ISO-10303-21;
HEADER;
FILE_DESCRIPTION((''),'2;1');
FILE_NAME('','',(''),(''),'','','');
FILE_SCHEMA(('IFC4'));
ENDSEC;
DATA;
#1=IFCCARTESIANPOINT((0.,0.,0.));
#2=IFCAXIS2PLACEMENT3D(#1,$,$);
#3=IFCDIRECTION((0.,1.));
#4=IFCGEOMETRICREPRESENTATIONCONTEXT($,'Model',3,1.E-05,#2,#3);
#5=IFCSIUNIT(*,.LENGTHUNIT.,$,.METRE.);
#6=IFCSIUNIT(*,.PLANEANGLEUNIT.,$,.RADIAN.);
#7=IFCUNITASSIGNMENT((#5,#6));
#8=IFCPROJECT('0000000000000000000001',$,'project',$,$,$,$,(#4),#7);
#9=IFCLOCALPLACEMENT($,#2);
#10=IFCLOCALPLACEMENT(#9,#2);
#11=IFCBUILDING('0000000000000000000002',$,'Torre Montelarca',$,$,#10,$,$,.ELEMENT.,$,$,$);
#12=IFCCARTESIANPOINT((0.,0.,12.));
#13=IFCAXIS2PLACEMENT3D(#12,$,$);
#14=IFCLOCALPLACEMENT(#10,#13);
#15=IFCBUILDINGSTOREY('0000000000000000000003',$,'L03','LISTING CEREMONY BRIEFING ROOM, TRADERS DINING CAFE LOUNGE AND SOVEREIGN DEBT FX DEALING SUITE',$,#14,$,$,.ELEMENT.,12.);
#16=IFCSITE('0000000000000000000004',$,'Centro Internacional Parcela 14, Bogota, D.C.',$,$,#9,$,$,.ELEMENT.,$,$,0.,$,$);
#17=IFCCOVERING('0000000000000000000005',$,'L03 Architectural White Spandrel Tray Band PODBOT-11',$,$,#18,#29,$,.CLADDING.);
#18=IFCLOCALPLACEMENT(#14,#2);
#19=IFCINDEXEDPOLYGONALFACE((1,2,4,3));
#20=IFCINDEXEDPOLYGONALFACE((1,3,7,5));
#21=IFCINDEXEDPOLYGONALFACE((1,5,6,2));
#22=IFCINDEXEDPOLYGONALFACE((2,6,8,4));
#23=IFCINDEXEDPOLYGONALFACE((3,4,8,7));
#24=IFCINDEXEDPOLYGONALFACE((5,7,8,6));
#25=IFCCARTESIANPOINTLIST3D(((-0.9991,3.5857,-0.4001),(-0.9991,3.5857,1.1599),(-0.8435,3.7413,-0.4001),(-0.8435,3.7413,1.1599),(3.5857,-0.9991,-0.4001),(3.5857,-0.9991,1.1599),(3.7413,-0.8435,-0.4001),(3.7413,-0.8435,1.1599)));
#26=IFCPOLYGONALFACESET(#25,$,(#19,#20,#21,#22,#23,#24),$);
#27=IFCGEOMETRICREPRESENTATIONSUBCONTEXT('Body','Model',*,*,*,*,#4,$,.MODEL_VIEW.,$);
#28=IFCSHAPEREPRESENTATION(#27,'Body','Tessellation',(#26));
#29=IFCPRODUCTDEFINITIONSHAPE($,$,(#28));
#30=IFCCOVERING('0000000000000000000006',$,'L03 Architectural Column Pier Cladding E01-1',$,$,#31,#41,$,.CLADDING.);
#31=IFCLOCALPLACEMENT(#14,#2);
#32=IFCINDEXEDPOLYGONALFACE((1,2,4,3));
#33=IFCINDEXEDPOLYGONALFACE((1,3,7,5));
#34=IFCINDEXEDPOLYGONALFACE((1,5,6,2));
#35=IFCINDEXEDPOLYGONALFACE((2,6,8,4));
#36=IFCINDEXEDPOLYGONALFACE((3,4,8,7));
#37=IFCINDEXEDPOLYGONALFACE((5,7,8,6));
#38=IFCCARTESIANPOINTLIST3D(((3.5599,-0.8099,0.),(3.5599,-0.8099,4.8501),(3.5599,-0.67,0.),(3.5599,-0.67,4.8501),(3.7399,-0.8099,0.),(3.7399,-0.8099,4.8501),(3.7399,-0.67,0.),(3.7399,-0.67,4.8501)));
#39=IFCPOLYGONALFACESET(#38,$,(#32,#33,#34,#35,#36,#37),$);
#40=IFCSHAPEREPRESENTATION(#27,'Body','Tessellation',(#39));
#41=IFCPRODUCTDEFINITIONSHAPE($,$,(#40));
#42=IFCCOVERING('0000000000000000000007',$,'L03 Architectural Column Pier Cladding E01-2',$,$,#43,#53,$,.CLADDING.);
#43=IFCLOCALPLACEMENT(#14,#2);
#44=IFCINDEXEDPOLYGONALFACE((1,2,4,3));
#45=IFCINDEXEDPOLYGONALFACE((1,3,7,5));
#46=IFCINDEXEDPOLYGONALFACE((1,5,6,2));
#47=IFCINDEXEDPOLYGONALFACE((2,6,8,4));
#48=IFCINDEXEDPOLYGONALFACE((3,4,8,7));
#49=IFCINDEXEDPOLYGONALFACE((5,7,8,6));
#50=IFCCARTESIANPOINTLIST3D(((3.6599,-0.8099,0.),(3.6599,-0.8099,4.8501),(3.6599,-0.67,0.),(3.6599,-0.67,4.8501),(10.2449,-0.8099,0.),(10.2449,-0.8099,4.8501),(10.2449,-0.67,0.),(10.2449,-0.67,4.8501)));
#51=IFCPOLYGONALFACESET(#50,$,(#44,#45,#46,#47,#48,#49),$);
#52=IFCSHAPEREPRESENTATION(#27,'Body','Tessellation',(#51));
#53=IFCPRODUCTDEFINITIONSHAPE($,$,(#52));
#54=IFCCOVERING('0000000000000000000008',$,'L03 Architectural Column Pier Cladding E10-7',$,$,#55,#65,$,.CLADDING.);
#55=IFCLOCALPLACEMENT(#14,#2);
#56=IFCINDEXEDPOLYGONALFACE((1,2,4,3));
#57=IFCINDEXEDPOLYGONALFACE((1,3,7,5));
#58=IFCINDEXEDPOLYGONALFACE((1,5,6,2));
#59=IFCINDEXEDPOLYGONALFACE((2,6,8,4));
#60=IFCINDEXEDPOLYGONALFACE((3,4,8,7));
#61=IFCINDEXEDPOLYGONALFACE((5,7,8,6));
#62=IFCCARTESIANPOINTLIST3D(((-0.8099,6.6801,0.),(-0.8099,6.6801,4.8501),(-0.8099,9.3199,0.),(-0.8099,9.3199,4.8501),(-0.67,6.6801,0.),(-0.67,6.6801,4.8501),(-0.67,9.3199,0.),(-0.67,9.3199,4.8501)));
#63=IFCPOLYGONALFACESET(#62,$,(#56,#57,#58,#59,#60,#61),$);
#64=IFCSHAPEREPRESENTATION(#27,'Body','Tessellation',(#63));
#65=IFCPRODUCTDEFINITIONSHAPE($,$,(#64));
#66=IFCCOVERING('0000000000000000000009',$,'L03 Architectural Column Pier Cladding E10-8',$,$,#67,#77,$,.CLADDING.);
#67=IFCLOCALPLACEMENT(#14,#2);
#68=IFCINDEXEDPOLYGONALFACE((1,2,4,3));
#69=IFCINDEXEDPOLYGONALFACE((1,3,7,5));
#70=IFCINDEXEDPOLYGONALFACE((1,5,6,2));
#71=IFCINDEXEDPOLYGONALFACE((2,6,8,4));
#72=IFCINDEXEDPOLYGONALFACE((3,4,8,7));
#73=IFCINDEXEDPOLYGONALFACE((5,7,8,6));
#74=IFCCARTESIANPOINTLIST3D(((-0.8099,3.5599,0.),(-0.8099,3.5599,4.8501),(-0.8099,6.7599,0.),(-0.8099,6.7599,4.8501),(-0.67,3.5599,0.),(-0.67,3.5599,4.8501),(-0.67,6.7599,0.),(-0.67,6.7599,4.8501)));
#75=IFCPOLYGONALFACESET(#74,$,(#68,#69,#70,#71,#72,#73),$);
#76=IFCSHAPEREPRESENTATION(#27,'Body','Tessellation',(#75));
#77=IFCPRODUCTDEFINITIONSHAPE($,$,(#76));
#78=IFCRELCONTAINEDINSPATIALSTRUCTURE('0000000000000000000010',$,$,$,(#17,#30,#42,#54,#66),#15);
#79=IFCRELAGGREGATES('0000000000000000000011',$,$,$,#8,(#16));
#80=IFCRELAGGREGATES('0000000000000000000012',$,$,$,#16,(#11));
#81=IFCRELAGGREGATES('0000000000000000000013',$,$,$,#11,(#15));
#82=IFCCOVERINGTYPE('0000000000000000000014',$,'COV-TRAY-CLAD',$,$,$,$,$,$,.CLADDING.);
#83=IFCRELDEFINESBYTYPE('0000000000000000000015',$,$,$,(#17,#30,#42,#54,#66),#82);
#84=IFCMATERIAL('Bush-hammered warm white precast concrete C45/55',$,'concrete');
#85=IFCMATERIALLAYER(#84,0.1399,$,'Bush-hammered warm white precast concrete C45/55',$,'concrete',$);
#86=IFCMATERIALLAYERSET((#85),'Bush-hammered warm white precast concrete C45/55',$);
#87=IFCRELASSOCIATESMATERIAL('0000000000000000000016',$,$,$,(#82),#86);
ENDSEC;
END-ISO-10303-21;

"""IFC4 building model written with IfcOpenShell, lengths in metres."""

from ifc_helpers import new_model, si_unit, direction, frame, origin, origin_2d, place, context, subcontext, project, spatial, rectangle, extrude, source, transform, mapped, material, layer, layer_set, type_object, element, save


model = new_model("IFC4")

# Units and contexts
model_context = context("Model", 3, precision=1e-05, world=origin(), true_north=direction((0.0, 1.0)))
body_context = subcontext(model_context, "Body", "Model", "MODEL_VIEW")
ifc_project = project(units=[si_unit("LENGTHUNIT", "METRE"), si_unit("PLANEANGLEUNIT", "RADIAN")], contexts=[model_context])

# Site, building, storey
site_placement = place(None, origin())
site = spatial("IfcSite", under=ifc_project, at=site_placement, Name="Centro Internacional Parcela 14, Bogota, D.C.", CompositionType="ELEMENT", RefElevation=0.0)
building_placement = place(site_placement, origin())
building = spatial("IfcBuilding", under=site, at=building_placement, Name="Torre Montelarca", CompositionType="ELEMENT")
storey_placement = place(building_placement, frame((0.0, 0.0, 12.0)))
storey = spatial("IfcBuildingStorey", under=building, at=storey_placement, Name="L03", Description="LISTING CEREMONY BRIEFING ROOM, TRADERS DINING CAFE LOUNGE AND SOVEREIGN DEBT FX DEALING SUITE", CompositionType="ELEMENT", Elevation=12.0)

# Coverings
ifc_material_1 = material(Name="Bush-hammered warm white precast concrete C45/55", Category="concrete")
ifc_layer_1 = layer(ifc_material_1, 0.1399, Name="Bush-hammered warm white precast concrete C45/55", Category="concrete")
ifc_layer_set_1 = layer_set([ifc_layer_1], Name="Bush-hammered warm white precast concrete C45/55")
covering_type = type_object("IfcCoveringType", Name="COV-TRAY-CLAD", PredefinedType="CLADDING", material=ifc_layer_set_1)
shared_shape_1 = source(origin(), body_context, "Body", "SweptSolid", [
    extrude(rectangle(XDim=6.4839, YDim=0.22, at=origin_2d()), origin(), (0.0, 0.0, 1.0), 1.5601),
])
covering_1_placement = place(storey_placement, frame((1.3711, 1.3711, -0.4001), z_axis=(0.0, 0.0, 1.0), x_axis=(0.707107, -0.707107, 0.0)))
element("IfcCovering", 1, at=covering_1_placement, inside=storey, type_object=covering_type, Name="L03 Architectural White Spandrel Tray Band PODBOT-11", PredefinedType="CLADDING", context=body_context, shape_type="MappedRepresentation", body=[
    mapped(shared_shape_1, transform((0.0, 0.0, 0.0), scale=1.0)),
])
shared_shape_2 = source(origin(), body_context, "Body", "SweptSolid", [
    extrude(rectangle(XDim=0.1799, YDim=0.1399, at=origin_2d()), origin(), (0.0, 0.0, 1.0), 4.8501),
])
covering_2_placement = place(storey_placement, frame((3.6499, -0.74, 0.0), z_axis=(0.0, 0.0, 1.0), x_axis=(1.0, 0.0, 0.0)))
element("IfcCovering", 2, at=covering_2_placement, inside=storey, type_object=covering_type, Name="L03 Architectural Column Pier Cladding E01-1", PredefinedType="CLADDING", context=body_context, shape_type="MappedRepresentation", body=[
    mapped(shared_shape_2, transform((0.0, 0.0, 0.0), scale=1.0)),
])
shared_shape_3 = source(origin(), body_context, "Body", "SweptSolid", [
    extrude(rectangle(XDim=6.585, YDim=0.1399, at=origin_2d()), origin(), (0.0, 0.0, 1.0), 4.8501),
])
covering_3_placement = place(storey_placement, frame((6.9524, -0.74, 0.0), z_axis=(0.0, 0.0, 1.0), x_axis=(1.0, 0.0, 0.0)))
element("IfcCovering", 3, at=covering_3_placement, inside=storey, type_object=covering_type, Name="L03 Architectural Column Pier Cladding E01-2", PredefinedType="CLADDING", context=body_context, shape_type="MappedRepresentation", body=[
    mapped(shared_shape_3, transform((0.0, 0.0, 0.0), scale=1.0)),
])
shared_shape_4 = source(origin(), body_context, "Body", "SweptSolid", [
    extrude(rectangle(XDim=2.6399, YDim=0.1399, at=origin_2d()), origin(), (0.0, 0.0, 1.0), 4.8501),
])
covering_4_placement = place(storey_placement, frame((-0.74, 8.0, 0.0), z_axis=(0.0, 0.0, 1.0), x_axis=(0.0, -1.0, 0.0)))
element("IfcCovering", 4, at=covering_4_placement, inside=storey, type_object=covering_type, Name="L03 Architectural Column Pier Cladding E10-7", PredefinedType="CLADDING", context=body_context, shape_type="MappedRepresentation", body=[
    mapped(shared_shape_4, transform((0.0, 0.0, 0.0), scale=1.0)),
])
shared_shape_5 = source(origin(), body_context, "Body", "SweptSolid", [
    extrude(rectangle(XDim=3.2, YDim=0.1399, at=origin_2d()), origin(), (0.0, 0.0, 1.0), 4.8501),
])
covering_5_placement = place(storey_placement, frame((-0.74, 5.1599, 0.0), z_axis=(0.0, 0.0, 1.0), x_axis=(0.0, -1.0, 0.0)))
element("IfcCovering", 5, at=covering_5_placement, inside=storey, type_object=covering_type, Name="L03 Architectural Column Pier Cladding E10-8", PredefinedType="CLADDING", context=body_context, shape_type="MappedRepresentation", body=[
    mapped(shared_shape_5, transform((0.0, 0.0, 0.0), scale=1.0)),
])

save(model, "model.ifc")
